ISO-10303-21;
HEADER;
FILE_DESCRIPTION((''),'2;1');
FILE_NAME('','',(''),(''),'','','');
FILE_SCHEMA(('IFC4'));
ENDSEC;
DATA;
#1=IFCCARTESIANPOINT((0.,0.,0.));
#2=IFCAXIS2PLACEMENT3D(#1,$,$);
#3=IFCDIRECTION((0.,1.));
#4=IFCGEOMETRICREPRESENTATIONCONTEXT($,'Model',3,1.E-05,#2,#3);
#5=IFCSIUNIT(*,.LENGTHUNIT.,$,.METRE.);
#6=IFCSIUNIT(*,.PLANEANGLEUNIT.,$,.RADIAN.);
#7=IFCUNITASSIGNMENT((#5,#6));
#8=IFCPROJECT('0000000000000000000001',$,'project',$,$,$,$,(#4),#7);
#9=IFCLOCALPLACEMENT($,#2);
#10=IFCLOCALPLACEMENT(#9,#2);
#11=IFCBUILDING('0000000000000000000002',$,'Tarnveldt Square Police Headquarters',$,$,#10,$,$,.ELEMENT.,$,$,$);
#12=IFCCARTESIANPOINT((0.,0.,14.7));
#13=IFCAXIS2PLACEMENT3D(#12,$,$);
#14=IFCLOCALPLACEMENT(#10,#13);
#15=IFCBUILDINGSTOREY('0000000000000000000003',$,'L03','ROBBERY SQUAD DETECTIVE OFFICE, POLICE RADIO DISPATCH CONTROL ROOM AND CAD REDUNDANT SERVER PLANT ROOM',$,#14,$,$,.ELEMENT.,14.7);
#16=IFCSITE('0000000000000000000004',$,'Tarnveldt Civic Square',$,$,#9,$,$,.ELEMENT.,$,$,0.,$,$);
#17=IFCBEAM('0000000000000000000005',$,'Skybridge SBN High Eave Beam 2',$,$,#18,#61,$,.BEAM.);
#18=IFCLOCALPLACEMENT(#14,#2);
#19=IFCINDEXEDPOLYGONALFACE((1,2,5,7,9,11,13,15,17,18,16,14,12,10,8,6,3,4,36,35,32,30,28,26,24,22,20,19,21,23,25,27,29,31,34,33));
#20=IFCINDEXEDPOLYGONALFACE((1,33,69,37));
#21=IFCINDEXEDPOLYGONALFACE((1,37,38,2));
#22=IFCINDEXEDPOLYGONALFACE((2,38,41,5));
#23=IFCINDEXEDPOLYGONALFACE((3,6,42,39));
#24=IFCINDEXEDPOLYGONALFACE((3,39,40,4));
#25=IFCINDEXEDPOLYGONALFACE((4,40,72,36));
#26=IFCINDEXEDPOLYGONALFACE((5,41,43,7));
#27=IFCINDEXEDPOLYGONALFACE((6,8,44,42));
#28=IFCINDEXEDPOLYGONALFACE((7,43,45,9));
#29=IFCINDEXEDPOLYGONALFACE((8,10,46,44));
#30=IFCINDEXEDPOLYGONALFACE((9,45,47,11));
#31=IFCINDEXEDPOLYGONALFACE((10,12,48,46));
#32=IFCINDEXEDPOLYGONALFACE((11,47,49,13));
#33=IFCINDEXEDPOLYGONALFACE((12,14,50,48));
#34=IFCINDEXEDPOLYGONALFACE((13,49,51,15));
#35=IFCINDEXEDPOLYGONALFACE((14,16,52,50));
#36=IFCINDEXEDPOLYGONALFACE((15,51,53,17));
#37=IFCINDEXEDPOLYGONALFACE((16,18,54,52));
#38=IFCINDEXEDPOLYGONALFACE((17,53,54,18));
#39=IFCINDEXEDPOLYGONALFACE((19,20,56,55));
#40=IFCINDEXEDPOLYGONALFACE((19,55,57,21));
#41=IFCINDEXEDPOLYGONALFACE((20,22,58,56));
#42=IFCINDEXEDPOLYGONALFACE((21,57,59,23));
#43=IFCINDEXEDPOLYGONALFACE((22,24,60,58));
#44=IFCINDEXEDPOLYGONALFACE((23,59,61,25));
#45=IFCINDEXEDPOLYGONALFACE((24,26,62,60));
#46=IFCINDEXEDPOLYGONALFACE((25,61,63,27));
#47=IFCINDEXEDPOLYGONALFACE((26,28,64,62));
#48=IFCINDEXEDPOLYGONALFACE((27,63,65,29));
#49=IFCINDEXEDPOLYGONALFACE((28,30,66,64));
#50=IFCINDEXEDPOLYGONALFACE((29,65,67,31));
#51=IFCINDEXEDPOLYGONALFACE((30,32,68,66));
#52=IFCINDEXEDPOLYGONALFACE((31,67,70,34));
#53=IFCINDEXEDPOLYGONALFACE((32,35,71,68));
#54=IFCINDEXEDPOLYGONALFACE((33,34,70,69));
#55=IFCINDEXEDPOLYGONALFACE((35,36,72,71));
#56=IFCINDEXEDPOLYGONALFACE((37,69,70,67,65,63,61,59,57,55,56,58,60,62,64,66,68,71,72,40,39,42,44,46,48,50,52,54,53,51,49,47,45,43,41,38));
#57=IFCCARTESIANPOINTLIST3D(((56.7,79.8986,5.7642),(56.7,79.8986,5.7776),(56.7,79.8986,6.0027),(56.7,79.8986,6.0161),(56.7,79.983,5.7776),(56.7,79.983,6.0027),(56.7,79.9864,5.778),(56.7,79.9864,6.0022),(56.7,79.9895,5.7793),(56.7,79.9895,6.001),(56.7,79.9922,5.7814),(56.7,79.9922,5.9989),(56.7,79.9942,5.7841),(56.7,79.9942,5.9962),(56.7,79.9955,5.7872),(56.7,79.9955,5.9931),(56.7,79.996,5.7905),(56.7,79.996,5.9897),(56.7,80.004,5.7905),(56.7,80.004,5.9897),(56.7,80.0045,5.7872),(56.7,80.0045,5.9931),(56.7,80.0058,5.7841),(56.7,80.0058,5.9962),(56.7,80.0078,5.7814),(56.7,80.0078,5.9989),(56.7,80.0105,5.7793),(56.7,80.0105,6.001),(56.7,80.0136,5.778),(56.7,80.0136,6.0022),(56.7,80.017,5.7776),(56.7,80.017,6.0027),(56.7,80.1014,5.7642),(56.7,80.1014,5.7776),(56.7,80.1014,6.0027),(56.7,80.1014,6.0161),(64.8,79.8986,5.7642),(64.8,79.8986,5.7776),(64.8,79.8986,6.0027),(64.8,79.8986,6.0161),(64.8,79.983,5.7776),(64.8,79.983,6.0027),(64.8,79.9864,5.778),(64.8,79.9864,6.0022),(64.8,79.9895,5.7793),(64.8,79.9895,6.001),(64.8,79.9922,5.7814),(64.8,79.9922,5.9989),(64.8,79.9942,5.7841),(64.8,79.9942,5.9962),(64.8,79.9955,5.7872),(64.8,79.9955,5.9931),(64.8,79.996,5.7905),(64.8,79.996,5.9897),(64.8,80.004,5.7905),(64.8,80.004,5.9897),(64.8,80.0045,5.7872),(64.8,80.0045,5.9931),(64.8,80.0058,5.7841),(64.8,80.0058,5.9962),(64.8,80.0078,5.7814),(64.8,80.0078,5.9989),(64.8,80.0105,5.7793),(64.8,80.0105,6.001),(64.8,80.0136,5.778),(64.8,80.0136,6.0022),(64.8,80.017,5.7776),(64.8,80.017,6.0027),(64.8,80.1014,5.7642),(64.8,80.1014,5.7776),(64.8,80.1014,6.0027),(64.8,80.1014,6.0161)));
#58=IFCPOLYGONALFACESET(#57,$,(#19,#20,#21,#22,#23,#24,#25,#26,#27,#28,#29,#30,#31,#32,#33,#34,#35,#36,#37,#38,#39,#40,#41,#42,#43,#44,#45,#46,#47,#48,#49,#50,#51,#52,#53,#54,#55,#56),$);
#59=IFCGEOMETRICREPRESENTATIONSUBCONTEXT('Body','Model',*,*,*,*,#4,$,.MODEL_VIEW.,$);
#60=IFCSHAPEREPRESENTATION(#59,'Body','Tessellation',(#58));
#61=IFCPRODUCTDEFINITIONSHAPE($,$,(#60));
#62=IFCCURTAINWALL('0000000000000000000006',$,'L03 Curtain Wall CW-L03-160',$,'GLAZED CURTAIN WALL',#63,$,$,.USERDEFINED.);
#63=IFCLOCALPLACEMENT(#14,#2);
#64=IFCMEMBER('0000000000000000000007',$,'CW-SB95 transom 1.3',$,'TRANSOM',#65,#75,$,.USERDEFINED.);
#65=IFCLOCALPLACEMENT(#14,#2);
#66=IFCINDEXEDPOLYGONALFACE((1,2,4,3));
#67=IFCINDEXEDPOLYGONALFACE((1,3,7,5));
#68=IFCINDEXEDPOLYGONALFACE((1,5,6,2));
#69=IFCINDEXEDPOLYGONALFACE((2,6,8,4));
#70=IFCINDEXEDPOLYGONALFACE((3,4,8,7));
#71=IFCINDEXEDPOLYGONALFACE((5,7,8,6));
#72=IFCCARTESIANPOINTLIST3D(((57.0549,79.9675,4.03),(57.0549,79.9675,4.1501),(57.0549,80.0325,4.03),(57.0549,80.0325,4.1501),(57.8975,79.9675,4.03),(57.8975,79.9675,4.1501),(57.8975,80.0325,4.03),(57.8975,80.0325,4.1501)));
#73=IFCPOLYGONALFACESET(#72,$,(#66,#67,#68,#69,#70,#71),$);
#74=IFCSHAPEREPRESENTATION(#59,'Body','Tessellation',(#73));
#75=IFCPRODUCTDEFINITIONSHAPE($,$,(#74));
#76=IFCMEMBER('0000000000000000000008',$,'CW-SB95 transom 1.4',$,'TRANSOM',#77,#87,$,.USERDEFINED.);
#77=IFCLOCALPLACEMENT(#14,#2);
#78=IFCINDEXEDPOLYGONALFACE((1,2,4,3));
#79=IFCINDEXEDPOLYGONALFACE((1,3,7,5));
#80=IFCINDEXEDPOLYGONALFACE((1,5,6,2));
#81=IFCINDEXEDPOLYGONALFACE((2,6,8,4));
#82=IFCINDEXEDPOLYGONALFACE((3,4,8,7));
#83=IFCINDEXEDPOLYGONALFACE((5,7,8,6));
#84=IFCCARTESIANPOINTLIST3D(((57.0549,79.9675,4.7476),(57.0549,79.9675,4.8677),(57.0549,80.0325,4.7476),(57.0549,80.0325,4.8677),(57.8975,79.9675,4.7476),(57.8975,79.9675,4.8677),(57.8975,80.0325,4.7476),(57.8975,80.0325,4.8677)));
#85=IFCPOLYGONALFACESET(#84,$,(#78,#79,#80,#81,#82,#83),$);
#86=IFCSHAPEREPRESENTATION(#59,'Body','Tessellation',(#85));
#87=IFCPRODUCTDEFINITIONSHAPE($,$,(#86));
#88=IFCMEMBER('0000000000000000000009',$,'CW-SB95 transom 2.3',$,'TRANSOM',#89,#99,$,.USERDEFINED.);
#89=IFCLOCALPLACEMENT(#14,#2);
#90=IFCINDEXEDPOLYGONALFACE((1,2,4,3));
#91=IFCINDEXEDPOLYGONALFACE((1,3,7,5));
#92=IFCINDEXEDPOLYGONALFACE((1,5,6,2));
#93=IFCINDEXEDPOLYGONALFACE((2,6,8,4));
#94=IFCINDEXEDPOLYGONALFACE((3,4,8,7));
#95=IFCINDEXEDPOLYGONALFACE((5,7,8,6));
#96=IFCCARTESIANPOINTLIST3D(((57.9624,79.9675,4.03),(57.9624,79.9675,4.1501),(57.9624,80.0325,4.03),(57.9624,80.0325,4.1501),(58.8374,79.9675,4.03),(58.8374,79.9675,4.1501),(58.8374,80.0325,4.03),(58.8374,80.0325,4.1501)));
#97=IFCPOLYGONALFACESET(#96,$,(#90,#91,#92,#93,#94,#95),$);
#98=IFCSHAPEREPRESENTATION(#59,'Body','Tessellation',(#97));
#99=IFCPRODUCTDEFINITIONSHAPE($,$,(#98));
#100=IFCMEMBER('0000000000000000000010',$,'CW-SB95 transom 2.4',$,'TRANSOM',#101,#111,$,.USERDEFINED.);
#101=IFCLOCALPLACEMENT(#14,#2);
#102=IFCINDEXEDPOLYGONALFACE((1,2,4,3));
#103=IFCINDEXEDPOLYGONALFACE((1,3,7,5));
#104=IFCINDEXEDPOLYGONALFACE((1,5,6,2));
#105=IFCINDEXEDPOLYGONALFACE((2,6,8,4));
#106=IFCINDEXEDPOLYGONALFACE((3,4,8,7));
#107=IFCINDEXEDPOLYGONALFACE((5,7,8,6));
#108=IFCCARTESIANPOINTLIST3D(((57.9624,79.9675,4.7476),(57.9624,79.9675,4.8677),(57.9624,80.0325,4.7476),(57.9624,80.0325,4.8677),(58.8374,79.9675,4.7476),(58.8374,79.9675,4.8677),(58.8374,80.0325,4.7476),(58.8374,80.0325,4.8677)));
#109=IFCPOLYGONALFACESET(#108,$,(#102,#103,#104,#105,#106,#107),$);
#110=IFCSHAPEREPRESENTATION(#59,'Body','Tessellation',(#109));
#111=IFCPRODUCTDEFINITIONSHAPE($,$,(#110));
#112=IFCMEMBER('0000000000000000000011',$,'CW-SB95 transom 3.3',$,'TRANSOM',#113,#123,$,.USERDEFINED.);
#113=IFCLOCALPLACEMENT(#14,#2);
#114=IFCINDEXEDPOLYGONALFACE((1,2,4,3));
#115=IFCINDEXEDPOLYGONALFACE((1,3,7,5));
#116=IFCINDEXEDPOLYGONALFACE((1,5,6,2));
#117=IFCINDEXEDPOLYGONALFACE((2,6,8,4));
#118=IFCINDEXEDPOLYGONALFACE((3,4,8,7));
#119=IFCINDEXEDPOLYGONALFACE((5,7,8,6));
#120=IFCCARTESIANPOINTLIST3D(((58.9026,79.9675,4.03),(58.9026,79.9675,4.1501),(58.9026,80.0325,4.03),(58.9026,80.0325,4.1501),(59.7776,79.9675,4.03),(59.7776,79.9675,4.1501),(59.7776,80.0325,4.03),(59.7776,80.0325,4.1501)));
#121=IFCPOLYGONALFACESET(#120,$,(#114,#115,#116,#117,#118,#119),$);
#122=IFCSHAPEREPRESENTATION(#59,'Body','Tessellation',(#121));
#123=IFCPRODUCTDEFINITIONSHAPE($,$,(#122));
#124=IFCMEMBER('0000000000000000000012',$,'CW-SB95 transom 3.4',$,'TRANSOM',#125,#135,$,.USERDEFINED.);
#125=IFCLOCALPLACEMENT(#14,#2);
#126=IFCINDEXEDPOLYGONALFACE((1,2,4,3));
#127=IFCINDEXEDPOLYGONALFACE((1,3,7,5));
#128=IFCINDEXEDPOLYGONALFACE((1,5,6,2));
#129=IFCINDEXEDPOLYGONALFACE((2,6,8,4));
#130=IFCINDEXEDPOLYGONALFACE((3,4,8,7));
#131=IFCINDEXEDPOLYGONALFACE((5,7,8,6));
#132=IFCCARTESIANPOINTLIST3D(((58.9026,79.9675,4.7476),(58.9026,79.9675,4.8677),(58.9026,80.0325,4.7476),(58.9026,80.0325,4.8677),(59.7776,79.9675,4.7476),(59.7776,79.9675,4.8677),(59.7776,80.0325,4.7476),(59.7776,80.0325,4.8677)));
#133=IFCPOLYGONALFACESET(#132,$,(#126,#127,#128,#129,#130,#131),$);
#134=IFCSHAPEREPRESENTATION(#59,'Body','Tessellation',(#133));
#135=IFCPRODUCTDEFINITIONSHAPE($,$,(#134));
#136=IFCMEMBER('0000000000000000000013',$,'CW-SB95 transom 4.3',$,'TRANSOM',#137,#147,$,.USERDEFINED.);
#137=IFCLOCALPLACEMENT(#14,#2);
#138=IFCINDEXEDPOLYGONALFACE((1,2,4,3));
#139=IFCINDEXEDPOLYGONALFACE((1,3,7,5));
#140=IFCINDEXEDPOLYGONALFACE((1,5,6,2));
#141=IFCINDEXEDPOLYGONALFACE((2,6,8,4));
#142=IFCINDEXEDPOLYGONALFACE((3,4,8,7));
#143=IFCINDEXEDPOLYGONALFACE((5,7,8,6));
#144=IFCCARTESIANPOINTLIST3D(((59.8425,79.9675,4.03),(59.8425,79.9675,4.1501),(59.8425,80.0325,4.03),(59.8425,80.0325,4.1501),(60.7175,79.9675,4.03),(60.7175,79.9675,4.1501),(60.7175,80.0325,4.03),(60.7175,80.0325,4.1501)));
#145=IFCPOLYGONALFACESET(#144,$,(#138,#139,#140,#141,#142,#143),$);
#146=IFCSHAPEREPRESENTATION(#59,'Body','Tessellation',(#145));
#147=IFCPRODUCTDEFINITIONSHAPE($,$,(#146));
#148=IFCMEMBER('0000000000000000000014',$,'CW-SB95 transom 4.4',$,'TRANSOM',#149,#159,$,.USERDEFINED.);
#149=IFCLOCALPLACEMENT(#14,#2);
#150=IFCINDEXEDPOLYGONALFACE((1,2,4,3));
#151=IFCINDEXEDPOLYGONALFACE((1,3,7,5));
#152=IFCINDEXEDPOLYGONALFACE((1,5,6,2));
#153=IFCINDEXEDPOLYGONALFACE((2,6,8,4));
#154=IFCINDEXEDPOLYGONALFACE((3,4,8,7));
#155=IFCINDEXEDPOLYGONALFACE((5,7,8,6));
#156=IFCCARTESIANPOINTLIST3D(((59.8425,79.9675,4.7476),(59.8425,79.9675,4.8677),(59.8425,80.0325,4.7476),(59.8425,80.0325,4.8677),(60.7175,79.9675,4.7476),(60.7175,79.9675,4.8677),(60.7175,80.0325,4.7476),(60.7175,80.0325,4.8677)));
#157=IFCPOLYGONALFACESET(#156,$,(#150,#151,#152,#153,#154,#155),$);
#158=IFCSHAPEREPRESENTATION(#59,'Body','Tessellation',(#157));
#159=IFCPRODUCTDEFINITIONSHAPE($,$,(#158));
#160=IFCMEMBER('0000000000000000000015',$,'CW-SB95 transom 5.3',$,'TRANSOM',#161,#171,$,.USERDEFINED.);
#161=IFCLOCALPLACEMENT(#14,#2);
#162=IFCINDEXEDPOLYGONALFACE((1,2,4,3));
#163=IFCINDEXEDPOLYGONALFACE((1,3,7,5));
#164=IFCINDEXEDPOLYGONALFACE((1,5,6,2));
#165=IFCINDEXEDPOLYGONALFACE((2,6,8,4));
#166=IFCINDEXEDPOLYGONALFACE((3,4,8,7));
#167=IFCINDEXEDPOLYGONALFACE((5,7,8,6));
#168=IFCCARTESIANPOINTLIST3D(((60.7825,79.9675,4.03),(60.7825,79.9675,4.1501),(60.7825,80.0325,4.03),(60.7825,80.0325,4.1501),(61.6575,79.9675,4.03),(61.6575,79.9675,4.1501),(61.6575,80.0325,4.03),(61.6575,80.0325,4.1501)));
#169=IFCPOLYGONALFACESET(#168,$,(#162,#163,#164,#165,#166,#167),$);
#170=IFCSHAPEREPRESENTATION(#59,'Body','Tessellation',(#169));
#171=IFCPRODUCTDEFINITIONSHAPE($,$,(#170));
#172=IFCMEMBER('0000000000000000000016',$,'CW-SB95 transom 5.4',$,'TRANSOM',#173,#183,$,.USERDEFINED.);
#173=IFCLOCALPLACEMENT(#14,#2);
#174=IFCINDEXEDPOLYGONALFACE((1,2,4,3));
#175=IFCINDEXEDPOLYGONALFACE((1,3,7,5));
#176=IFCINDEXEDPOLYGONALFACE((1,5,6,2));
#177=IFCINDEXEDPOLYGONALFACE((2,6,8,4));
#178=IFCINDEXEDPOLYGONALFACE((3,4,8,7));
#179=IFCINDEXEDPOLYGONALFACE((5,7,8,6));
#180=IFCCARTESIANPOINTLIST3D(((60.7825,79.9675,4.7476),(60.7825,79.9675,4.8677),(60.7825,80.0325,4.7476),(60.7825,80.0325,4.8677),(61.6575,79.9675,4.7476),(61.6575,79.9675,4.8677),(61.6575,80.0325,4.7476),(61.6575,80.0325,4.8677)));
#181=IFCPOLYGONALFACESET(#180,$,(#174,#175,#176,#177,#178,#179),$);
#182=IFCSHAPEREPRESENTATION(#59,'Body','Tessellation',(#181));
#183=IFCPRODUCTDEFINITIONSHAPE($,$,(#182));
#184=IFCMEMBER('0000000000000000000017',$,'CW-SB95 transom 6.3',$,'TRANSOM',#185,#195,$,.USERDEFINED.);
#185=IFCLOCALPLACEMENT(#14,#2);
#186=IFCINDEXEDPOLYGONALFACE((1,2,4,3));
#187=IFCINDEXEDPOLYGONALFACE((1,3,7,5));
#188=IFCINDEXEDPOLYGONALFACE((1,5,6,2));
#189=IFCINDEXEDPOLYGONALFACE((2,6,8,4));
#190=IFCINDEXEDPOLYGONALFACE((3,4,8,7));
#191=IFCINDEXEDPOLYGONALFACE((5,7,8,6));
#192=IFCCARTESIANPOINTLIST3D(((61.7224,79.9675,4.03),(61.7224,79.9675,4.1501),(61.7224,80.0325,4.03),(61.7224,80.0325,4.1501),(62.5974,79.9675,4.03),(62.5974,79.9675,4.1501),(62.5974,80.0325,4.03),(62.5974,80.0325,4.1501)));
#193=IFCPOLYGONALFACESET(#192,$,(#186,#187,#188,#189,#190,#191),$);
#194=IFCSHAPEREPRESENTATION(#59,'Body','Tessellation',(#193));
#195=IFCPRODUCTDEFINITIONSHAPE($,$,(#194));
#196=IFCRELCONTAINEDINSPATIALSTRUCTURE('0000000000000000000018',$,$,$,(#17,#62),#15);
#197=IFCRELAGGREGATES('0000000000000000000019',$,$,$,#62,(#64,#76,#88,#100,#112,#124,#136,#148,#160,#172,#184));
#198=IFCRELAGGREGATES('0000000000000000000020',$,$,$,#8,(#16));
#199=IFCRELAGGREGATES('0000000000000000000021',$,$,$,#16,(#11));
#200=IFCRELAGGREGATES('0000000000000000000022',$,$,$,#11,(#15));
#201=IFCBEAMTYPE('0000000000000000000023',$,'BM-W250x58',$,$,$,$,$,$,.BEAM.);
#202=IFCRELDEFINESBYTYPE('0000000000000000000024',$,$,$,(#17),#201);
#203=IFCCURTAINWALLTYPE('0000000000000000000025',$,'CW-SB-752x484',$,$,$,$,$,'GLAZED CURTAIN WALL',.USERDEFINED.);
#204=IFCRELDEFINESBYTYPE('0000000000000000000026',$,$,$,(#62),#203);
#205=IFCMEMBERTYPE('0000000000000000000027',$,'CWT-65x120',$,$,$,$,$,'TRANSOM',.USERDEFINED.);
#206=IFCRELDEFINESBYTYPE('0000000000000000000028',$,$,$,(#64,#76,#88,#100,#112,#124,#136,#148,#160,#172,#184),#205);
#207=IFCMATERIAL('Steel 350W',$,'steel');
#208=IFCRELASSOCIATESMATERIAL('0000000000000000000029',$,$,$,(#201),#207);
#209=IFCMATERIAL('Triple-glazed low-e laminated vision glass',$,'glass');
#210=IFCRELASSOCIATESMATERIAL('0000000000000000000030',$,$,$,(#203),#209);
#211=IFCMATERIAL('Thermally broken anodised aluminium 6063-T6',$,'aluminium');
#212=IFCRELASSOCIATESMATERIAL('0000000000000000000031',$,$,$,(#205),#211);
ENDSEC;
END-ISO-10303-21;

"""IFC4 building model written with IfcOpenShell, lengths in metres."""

from ifc_helpers import new_model, si_unit, direction, frame, origin, origin_2d, place, context, subcontext, project, spatial, rectangle, i_section, extrude, material, material_profile, profile_set, type_object, element, aggregate, save


model = new_model("IFC4")

# Units and contexts
model_context = context("Model", 3, precision=1e-05, world=origin(), true_north=direction((0.0, 1.0)))
body_context = subcontext(model_context, "Body", "Model", "MODEL_VIEW")
ifc_project = project(units=[si_unit("LENGTHUNIT", "METRE"), si_unit("PLANEANGLEUNIT", "RADIAN")], contexts=[model_context])

# Site, building, storey
site_placement = place(None, origin())
site = spatial("IfcSite", under=ifc_project, at=site_placement, Name="Tarnveldt Civic Square", CompositionType="ELEMENT", RefElevation=0.0)
building_placement = place(site_placement, origin())
building = spatial("IfcBuilding", under=site, at=building_placement, Name="Tarnveldt Square Police Headquarters", CompositionType="ELEMENT")
storey_placement = place(building_placement, frame((0.0, 0.0, 14.7)))
storey = spatial("IfcBuildingStorey", under=building, at=storey_placement, Name="L03", Description="ROBBERY SQUAD DETECTIVE OFFICE, POLICE RADIO DISPATCH CONTROL ROOM AND CAD REDUNDANT SERVER PLANT ROOM", CompositionType="ELEMENT", Elevation=14.7)

# Beam
ifc_material_1 = material(Name="Steel 350W", Category="steel")
ifc_material_profile_1 = material_profile(ifc_material_1, i_section(OverallWidth=0.2029, OverallDepth=0.252, WebThickness=0.0081, FlangeThickness=0.0134, FilletRadius=0.0129, at=origin_2d()), Name="W250x58")
ifc_profile_set_1 = profile_set([ifc_material_profile_1], Name="Steel 350W")
beam_type = type_object("IfcBeamType", Name="BM-W250x58", PredefinedType="BEAM", material=ifc_profile_set_1)
beam_placement = place(storey_placement, frame((56.7, 80.0, 5.8901), z_axis=(1.0, 0.0, 0.0), x_axis=(0.0, 1.0, 0.0)))
element("IfcBeam", 1, at=beam_placement, inside=storey, type_object=beam_type, Name="Skybridge SBN High Eave Beam 2", PredefinedType="BEAM", context=body_context, shape_type="SweptSolid", body=[
    extrude(i_section(OverallWidth=0.2029, OverallDepth=0.252, WebThickness=0.0081, FlangeThickness=0.0134, FilletRadius=0.0129, at=origin_2d()), origin(), (0.0, 0.0, 1.0), 8.1001),
])

# Curtain wall, members
ifc_material_2 = material(Name="Triple-glazed low-e laminated vision glass", Category="glass")
curtain_wall_type = type_object("IfcCurtainWallType", Name="CW-SB-752x484", ElementType="GLAZED CURTAIN WALL", PredefinedType="USERDEFINED", material=ifc_material_2)
curtain_wall_placement = place(storey_placement, origin())
curtain_wall = element("IfcCurtainWall", 2, at=curtain_wall_placement, inside=storey, type_object=curtain_wall_type, Name="L03 Curtain Wall CW-L03-160", ObjectType="GLAZED CURTAIN WALL", PredefinedType="USERDEFINED")
ifc_material_3 = material(Name="Thermally broken anodised aluminium 6063-T6", Category="aluminium")
ifc_material_profile_2 = material_profile(ifc_material_3, rectangle(XDim=0.0649, YDim=0.1201, at=origin_2d()), Name="CW-T65x120")
ifc_profile_set_2 = profile_set([ifc_material_profile_2], Name="Thermally broken anodised aluminium 6063-T6")
member_type_1 = type_object("IfcMemberType", Name="CWT-65x120", ElementType="TRANSOM", PredefinedType="USERDEFINED", material=ifc_profile_set_2)
member_1_placement = place(storey_placement, frame((57.0549, 80.0, 4.0901), z_axis=(1.0, 0.0, 0.0), x_axis=(0.0, 1.0, 0.0)))
member_1 = element("IfcMember", 3, at=member_1_placement, type_object=member_type_1, Name="CW-SB95 transom 1.3", ObjectType="TRANSOM", PredefinedType="USERDEFINED", context=body_context, shape_type="SweptSolid", body=[
    extrude(rectangle(XDim=0.0649, YDim=0.1201, at=origin_2d()), origin(), (0.0, 0.0, 1.0), 0.8425),
])
member_2_placement = place(storey_placement, frame((57.0549, 80.0, 4.8076), z_axis=(1.0, 0.0, 0.0), x_axis=(0.0, 1.0, 0.0)))
member_2 = element("IfcMember", 4, at=member_2_placement, type_object=member_type_1, Name="CW-SB95 transom 1.4", ObjectType="TRANSOM", PredefinedType="USERDEFINED", context=body_context, shape_type="SweptSolid", body=[
    extrude(rectangle(XDim=0.0649, YDim=0.1201, at=origin_2d()), origin(), (0.0, 0.0, 1.0), 0.8425),
])
member_3_placement = place(storey_placement, frame((57.9624, 80.0, 4.0901), z_axis=(1.0, 0.0, 0.0), x_axis=(0.0, 1.0, 0.0)))
member_3 = element("IfcMember", 5, at=member_3_placement, type_object=member_type_1, Name="CW-SB95 transom 2.3", ObjectType="TRANSOM", PredefinedType="USERDEFINED", context=body_context, shape_type="SweptSolid", body=[
    extrude(rectangle(XDim=0.0649, YDim=0.1201, at=origin_2d()), origin(), (0.0, 0.0, 1.0), 0.875),
])
member_4_placement = place(storey_placement, frame((57.9624, 80.0, 4.8076), z_axis=(1.0, 0.0, 0.0), x_axis=(0.0, 1.0, 0.0)))
member_4 = element("IfcMember", 6, at=member_4_placement, type_object=member_type_1, Name="CW-SB95 transom 2.4", ObjectType="TRANSOM", PredefinedType="USERDEFINED", context=body_context, shape_type="SweptSolid", body=[
    extrude(rectangle(XDim=0.0649, YDim=0.1201, at=origin_2d()), origin(), (0.0, 0.0, 1.0), 0.875),
])
member_5_placement = place(storey_placement, frame((58.9026, 80.0, 4.0901), z_axis=(1.0, 0.0, 0.0), x_axis=(0.0, 1.0, 0.0)))
member_5 = element("IfcMember", 7, at=member_5_placement, type_object=member_type_1, Name="CW-SB95 transom 3.3", ObjectType="TRANSOM", PredefinedType="USERDEFINED", context=body_context, shape_type="SweptSolid", body=[
    extrude(rectangle(XDim=0.0649, YDim=0.1201, at=origin_2d()), origin(), (0.0, 0.0, 1.0), 0.875),
])
member_6_placement = place(storey_placement, frame((58.9026, 80.0, 4.8076), z_axis=(1.0, 0.0, 0.0), x_axis=(0.0, 1.0, 0.0)))
member_6 = element("IfcMember", 8, at=member_6_placement, type_object=member_type_1, Name="CW-SB95 transom 3.4", ObjectType="TRANSOM", PredefinedType="USERDEFINED", context=body_context, shape_type="SweptSolid", body=[
    extrude(rectangle(XDim=0.0649, YDim=0.1201, at=origin_2d()), origin(), (0.0, 0.0, 1.0), 0.875),
])
member_7_placement = place(storey_placement, frame((59.8425, 80.0, 4.0901), z_axis=(1.0, 0.0, 0.0), x_axis=(0.0, 1.0, 0.0)))
member_7 = element("IfcMember", 9, at=member_7_placement, type_object=member_type_1, Name="CW-SB95 transom 4.3", ObjectType="TRANSOM", PredefinedType="USERDEFINED", context=body_context, shape_type="SweptSolid", body=[
    extrude(rectangle(XDim=0.0649, YDim=0.1201, at=origin_2d()), origin(), (0.0, 0.0, 1.0), 0.875),
])
member_8_placement = place(storey_placement, frame((59.8425, 80.0, 4.8076), z_axis=(1.0, 0.0, 0.0), x_axis=(0.0, 1.0, 0.0)))
member_8 = element("IfcMember", 10, at=member_8_placement, type_object=member_type_1, Name="CW-SB95 transom 4.4", ObjectType="TRANSOM", PredefinedType="USERDEFINED", context=body_context, shape_type="SweptSolid", body=[
    extrude(rectangle(XDim=0.0649, YDim=0.1201, at=origin_2d()), origin(), (0.0, 0.0, 1.0), 0.875),
])
member_9_placement = place(storey_placement, frame((60.7825, 80.0, 4.0901), z_axis=(1.0, 0.0, 0.0), x_axis=(0.0, 1.0, 0.0)))
member_9 = element("IfcMember", 11, at=member_9_placement, type_object=member_type_1, Name="CW-SB95 transom 5.3", ObjectType="TRANSOM", PredefinedType="USERDEFINED", context=body_context, shape_type="SweptSolid", body=[
    extrude(rectangle(XDim=0.0649, YDim=0.1201, at=origin_2d()), origin(), (0.0, 0.0, 1.0), 0.875),
])
member_10_placement = place(storey_placement, frame((60.7825, 80.0, 4.8076), z_axis=(1.0, 0.0, 0.0), x_axis=(0.0, 1.0, 0.0)))
member_10 = element("IfcMember", 12, at=member_10_placement, type_object=member_type_1, Name="CW-SB95 transom 5.4", ObjectType="TRANSOM", PredefinedType="USERDEFINED", context=body_context, shape_type="SweptSolid", body=[
    extrude(rectangle(XDim=0.0649, YDim=0.1201, at=origin_2d()), origin(), (0.0, 0.0, 1.0), 0.875),
])
member_11_placement = place(storey_placement, frame((61.7224, 80.0, 4.0901), z_axis=(1.0, 0.0, 0.0), x_axis=(0.0, 1.0, 0.0)))
member_11 = element("IfcMember", 13, at=member_11_placement, type_object=member_type_1, Name="CW-SB95 transom 6.3", ObjectType="TRANSOM", PredefinedType="USERDEFINED", context=body_context, shape_type="SweptSolid", body=[
    extrude(rectangle(XDim=0.0649, YDim=0.1201, at=origin_2d()), origin(), (0.0, 0.0, 1.0), 0.875),
])

aggregate(curtain_wall, [member_1, member_2, member_3, member_4, member_5, member_6, member_7, member_8, member_9, member_10, member_11])

save(model, "model.ifc")
